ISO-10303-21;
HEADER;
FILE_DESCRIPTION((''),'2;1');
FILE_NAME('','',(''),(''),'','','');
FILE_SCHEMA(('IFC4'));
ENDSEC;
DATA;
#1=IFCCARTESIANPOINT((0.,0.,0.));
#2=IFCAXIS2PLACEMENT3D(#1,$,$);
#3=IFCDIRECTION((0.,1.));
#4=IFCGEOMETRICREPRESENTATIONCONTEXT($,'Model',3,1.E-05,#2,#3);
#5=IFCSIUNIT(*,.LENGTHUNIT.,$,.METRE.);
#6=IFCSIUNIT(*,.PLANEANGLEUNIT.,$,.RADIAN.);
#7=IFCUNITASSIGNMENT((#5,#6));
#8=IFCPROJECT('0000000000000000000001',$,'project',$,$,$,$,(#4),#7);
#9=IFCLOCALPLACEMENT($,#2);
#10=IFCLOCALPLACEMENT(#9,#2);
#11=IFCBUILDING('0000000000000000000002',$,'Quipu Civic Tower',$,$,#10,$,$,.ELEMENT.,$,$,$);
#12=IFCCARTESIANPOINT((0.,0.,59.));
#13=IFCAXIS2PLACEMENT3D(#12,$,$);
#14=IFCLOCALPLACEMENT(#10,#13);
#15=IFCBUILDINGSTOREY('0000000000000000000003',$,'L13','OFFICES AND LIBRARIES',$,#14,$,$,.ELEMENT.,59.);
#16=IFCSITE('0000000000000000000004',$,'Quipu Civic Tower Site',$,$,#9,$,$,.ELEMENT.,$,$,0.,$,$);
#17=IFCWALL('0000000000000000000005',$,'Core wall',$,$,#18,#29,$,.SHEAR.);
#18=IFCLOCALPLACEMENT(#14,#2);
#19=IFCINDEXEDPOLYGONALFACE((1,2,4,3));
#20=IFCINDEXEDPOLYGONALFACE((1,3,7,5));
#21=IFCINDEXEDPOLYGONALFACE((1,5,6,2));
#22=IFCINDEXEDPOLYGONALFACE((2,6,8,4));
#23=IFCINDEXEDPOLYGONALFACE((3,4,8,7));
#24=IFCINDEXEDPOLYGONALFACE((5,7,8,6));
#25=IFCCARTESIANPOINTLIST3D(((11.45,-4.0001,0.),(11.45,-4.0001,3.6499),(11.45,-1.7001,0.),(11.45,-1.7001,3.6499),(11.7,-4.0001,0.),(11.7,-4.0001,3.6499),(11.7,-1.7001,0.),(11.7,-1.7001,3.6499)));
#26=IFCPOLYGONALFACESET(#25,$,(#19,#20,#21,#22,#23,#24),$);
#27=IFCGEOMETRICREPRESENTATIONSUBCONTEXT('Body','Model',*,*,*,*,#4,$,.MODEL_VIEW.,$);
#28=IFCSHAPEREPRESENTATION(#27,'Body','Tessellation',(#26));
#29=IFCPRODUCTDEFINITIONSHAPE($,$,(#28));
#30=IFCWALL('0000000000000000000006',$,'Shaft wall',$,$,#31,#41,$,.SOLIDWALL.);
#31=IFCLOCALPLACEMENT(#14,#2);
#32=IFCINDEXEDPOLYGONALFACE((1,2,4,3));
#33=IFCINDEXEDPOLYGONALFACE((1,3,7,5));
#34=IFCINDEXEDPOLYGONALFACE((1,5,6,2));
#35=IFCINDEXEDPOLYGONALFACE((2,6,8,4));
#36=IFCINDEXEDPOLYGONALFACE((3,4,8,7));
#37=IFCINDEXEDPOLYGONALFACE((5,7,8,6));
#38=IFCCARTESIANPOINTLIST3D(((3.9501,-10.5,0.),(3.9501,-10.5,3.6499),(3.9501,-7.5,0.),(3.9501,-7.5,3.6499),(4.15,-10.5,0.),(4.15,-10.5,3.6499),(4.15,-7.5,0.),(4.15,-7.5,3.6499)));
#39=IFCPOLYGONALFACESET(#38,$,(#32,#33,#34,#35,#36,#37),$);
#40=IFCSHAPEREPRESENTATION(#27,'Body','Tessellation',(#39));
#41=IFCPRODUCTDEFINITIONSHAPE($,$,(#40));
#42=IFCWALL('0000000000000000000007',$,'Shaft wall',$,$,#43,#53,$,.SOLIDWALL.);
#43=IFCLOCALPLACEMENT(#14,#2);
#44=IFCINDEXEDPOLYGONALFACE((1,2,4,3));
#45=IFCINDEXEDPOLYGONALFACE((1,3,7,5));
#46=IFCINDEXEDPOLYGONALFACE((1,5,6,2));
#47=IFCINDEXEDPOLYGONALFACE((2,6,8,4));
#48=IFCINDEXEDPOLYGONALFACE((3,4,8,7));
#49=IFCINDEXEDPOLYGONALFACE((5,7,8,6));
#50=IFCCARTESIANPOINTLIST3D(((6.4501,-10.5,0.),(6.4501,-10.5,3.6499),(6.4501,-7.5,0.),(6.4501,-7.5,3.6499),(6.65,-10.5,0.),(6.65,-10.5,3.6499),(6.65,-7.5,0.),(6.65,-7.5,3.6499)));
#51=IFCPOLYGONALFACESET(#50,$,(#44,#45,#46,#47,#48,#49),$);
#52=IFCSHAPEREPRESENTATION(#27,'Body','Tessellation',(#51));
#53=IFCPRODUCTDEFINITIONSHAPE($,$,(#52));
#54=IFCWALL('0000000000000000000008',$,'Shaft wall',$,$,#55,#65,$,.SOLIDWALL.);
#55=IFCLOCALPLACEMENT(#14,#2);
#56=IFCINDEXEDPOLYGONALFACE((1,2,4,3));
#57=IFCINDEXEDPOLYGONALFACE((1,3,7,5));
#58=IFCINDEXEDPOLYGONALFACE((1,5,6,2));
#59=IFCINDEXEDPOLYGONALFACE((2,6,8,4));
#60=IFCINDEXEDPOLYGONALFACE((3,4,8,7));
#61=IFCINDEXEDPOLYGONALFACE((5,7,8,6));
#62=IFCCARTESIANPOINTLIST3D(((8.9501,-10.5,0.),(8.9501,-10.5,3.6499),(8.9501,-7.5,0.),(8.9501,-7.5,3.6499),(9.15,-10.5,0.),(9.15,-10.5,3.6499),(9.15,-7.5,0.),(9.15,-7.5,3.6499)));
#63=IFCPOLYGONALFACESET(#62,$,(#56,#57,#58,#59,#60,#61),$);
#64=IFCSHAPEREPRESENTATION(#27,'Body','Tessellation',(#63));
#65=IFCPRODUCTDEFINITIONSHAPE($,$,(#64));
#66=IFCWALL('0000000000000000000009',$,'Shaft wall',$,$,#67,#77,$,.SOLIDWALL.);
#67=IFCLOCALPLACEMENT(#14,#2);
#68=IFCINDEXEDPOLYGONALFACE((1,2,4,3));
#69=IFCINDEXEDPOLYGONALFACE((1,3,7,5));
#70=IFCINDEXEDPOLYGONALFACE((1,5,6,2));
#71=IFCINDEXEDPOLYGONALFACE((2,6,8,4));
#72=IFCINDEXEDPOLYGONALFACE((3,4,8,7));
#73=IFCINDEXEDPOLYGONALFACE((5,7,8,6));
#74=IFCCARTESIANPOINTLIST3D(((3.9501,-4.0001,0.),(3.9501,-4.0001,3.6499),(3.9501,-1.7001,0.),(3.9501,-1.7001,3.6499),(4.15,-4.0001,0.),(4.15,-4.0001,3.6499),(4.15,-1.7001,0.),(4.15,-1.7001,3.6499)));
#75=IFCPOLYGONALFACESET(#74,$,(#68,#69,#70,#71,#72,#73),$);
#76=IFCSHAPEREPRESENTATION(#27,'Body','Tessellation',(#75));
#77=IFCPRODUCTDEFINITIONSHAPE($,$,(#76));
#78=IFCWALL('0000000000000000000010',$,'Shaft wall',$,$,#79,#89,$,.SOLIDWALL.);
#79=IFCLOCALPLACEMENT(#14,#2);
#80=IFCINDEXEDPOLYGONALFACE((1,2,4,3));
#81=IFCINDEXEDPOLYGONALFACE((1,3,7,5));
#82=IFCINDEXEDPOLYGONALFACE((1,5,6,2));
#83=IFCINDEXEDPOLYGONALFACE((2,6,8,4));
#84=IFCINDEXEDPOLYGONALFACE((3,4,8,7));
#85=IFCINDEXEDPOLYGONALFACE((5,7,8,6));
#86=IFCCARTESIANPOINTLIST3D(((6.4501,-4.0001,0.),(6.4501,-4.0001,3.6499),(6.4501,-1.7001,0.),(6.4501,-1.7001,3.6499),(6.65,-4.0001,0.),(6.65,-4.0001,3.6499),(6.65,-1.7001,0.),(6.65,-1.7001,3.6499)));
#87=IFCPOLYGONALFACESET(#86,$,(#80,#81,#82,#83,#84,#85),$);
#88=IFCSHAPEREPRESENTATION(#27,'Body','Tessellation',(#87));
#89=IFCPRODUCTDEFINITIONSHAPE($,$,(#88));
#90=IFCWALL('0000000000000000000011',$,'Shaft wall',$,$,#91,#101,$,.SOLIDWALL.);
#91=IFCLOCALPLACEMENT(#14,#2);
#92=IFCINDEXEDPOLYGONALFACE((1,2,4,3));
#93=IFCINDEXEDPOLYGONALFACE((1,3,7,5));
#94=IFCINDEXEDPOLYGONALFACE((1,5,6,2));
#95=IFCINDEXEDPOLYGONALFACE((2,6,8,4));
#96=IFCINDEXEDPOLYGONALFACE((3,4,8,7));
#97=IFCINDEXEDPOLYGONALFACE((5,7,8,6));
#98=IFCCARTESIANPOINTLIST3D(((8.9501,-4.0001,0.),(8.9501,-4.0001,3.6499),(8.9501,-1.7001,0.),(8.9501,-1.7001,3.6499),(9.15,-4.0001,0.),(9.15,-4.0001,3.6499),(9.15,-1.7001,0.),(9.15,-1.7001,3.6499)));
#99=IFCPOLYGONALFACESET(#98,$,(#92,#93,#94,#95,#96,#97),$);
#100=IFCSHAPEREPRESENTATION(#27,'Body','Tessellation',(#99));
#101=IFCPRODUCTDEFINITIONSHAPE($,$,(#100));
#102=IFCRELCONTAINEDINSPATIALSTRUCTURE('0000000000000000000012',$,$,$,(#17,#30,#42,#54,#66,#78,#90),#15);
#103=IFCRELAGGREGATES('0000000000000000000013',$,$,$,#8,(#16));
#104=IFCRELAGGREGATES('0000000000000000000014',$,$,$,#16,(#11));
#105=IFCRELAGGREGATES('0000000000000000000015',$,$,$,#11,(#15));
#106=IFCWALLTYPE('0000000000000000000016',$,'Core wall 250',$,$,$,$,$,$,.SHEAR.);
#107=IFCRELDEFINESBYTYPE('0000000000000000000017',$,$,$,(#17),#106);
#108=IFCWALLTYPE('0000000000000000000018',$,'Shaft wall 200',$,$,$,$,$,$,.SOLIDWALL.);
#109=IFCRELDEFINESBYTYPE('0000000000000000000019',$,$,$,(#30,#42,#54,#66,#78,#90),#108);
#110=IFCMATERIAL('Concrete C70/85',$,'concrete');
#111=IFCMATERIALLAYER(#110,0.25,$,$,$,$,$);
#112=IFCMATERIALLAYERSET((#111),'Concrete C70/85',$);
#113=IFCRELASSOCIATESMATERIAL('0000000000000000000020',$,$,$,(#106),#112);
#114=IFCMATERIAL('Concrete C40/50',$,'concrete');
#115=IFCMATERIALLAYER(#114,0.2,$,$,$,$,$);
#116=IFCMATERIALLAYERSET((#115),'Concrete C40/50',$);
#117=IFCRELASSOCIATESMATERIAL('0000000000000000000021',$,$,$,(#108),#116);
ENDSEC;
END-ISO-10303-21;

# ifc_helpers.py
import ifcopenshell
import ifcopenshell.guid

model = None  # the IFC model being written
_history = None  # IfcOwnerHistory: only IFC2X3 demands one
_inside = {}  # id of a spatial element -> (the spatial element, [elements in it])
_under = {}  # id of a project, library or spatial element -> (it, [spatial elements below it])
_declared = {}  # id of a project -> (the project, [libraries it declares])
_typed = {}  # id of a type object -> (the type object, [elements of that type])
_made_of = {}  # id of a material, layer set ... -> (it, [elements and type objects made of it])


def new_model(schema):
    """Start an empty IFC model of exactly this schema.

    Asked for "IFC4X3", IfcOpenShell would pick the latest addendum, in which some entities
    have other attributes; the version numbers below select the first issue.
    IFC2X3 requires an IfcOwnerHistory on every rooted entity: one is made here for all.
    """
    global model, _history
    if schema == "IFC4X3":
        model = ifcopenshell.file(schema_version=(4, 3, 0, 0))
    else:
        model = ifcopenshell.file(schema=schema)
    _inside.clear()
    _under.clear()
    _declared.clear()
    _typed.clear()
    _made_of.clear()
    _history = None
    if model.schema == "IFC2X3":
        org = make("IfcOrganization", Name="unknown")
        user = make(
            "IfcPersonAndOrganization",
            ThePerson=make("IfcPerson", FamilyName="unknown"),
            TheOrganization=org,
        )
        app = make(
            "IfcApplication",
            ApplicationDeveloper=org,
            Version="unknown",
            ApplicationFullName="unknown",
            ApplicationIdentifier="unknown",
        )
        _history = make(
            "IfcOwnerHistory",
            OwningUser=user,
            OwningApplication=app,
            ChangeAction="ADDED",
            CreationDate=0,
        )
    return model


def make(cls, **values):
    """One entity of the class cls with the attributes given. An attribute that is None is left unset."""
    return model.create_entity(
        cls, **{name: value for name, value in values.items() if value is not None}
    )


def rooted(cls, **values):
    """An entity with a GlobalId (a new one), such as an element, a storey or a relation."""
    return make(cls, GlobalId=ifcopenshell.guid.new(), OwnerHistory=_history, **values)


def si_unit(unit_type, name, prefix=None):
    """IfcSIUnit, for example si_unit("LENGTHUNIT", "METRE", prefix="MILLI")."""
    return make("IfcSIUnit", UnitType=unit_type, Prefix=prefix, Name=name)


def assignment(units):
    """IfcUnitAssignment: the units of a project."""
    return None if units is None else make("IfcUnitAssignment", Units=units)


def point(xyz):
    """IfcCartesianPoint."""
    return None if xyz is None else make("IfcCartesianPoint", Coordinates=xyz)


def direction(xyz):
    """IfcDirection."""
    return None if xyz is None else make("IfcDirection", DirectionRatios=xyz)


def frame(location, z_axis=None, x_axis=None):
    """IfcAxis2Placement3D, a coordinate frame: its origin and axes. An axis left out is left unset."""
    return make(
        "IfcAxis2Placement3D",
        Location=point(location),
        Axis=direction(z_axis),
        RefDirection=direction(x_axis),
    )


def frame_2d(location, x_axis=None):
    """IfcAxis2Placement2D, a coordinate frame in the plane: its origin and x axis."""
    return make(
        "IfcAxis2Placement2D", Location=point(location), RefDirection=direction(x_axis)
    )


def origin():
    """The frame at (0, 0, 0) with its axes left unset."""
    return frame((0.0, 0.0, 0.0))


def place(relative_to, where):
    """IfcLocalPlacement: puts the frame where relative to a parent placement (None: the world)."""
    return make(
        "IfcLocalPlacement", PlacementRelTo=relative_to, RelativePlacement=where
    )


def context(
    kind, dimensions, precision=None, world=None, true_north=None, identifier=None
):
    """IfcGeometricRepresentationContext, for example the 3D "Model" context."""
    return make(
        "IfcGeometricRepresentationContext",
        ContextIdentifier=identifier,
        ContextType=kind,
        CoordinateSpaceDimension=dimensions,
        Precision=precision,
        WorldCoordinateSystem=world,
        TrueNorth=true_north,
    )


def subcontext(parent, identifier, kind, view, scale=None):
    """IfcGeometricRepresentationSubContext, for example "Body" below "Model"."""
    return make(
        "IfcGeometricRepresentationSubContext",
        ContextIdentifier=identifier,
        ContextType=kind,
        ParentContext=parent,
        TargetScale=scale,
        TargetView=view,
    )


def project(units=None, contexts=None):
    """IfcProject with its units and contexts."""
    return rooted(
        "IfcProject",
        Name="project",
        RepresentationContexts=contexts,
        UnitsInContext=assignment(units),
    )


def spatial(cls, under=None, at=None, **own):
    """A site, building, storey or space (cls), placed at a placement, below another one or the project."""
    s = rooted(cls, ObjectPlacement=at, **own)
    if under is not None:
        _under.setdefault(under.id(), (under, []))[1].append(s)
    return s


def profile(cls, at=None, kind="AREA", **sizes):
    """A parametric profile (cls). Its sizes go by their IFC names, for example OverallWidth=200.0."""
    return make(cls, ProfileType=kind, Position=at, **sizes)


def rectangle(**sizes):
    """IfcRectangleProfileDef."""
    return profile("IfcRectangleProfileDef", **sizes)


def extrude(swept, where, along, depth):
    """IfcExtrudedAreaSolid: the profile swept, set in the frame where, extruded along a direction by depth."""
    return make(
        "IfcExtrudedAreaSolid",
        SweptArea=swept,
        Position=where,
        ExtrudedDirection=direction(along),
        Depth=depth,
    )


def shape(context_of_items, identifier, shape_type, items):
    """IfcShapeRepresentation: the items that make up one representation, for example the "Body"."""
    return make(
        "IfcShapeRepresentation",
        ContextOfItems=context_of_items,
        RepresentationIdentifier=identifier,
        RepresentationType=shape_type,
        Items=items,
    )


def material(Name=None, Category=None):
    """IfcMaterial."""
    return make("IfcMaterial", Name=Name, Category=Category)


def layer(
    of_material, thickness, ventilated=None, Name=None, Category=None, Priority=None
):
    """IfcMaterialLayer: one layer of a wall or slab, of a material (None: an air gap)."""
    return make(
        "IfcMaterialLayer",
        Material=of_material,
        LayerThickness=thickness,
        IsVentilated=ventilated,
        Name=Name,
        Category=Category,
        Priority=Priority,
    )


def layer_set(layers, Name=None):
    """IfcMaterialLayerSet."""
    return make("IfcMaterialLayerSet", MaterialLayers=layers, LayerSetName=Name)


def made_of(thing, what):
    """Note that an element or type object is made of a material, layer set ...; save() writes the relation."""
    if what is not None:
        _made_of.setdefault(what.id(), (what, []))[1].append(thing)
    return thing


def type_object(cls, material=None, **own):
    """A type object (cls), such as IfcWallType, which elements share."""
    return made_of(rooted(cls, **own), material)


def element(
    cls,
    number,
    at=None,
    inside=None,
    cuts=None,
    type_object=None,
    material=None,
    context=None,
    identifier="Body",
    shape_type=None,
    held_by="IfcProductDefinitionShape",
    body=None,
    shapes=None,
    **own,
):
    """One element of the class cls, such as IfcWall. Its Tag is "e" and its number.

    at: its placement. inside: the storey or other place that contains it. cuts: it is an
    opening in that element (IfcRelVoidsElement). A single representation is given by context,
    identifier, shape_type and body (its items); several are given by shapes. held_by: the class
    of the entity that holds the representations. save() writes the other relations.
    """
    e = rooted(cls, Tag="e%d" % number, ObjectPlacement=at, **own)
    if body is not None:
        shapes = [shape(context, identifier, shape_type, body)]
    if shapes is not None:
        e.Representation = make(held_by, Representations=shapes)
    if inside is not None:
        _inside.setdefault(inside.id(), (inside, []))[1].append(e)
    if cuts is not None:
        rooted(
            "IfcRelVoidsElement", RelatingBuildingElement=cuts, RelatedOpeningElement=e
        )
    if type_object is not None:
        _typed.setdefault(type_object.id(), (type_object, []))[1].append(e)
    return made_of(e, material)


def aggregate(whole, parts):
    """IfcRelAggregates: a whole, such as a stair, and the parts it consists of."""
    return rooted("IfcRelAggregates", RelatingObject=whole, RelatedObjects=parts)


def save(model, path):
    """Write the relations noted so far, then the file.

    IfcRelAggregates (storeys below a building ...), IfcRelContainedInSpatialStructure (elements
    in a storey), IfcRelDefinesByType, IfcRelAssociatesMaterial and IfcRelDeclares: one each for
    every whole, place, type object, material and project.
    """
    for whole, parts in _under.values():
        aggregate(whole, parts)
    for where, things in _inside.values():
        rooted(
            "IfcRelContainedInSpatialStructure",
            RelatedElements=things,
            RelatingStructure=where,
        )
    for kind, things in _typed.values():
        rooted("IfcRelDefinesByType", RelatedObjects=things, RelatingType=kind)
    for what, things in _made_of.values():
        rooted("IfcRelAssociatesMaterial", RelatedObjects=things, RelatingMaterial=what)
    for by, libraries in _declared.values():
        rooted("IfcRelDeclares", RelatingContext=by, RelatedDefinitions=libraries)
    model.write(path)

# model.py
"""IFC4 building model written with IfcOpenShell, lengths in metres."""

from ifc_helpers import new_model, si_unit, direction, frame, frame_2d, origin, place, context, subcontext, project, spatial, rectangle, extrude, material, layer, layer_set, type_object, element, save


model = new_model("IFC4")

# Units and contexts
model_context = context("Model", 3, precision=1e-05, world=origin(), true_north=direction((0.0, 1.0)))
body_context = subcontext(model_context, "Body", "Model", "MODEL_VIEW")
ifc_project = project(units=[si_unit("LENGTHUNIT", "METRE"), si_unit("PLANEANGLEUNIT", "RADIAN")], contexts=[model_context])

# Site, building, storey
site_placement = place(None, origin())
site = spatial("IfcSite", under=ifc_project, at=site_placement, Name="Quipu Civic Tower Site", CompositionType="ELEMENT", RefElevation=0.0)
building_placement = place(site_placement, origin())
building = spatial("IfcBuilding", under=site, at=building_placement, Name="Quipu Civic Tower", CompositionType="ELEMENT")
storey_placement = place(building_placement, frame((0.0, 0.0, 59.0)))
storey = spatial("IfcBuildingStorey", under=building, at=storey_placement, Name="L13", Description="OFFICES AND LIBRARIES", CompositionType="ELEMENT", Elevation=59.0)

# Shared definitions
ifc_material_1 = material(Name="Concrete C70/85", Category="concrete")
ifc_layer_1 = layer(ifc_material_1, 0.25)
ifc_layer_set_1 = layer_set([ifc_layer_1], Name="Concrete C70/85")
wall_type_1 = type_object("IfcWallType", Name="Core wall 250", PredefinedType="SHEAR", material=ifc_layer_set_1)

# Walls
wall_1_placement = place(storey_placement, frame((11.575, -4.0, 0.0), z_axis=(0.0, 0.0, 1.0), x_axis=(0.0, 1.0, 0.0)))
element("IfcWall", 1, at=wall_1_placement, inside=storey, type_object=wall_type_1, Name="Core wall", PredefinedType="SHEAR", context=body_context, shape_type="SweptSolid", body=[
    extrude(rectangle(XDim=2.3, YDim=0.25, at=frame_2d((1.1499, 0.0))), origin(), (0.0, 0.0, 1.0), 3.6499),
])
ifc_material_2 = material(Name="Concrete C40/50", Category="concrete")
ifc_layer_2 = layer(ifc_material_2, 0.2)
ifc_layer_set_2 = layer_set([ifc_layer_2], Name="Concrete C40/50")
wall_type_2 = type_object("IfcWallType", Name="Shaft wall 200", PredefinedType="SOLIDWALL", material=ifc_layer_set_2)
for number, where, z_axis, x_axis, name in (
    (2, (4.05, -10.5, 0.0), (0.0, 0.0, 1.0), (0.0, 1.0, 0.0), "Shaft wall"),
    (3, (6.55, -10.5, 0.0), (0.0, 0.0, 1.0), (0.0, 1.0, 0.0), "Shaft wall"),
    (4, (9.05, -10.5, 0.0), (0.0, 0.0, 1.0), (0.0, 1.0, 0.0), "Shaft wall"),
):
    element("IfcWall", number, at=place(storey_placement, frame(where, z_axis=z_axis, x_axis=x_axis)), inside=storey, type_object=wall_type_2, Name=name, PredefinedType="SOLIDWALL", context=body_context, shape_type="SweptSolid", body=[
        extrude(rectangle(XDim=3.0, YDim=0.2, at=frame_2d((1.5, 0.0))), origin(), (0.0, 0.0, 1.0), 3.6499),
    ])
for number, where, z_axis, x_axis, name in (
    (5, (4.05, -4.0, 0.0), (0.0, 0.0, 1.0), (0.0, 1.0, 0.0), "Shaft wall"),
    (6, (6.55, -4.0, 0.0), (0.0, 0.0, 1.0), (0.0, 1.0, 0.0), "Shaft wall"),
    (7, (9.05, -4.0, 0.0), (0.0, 0.0, 1.0), (0.0, 1.0, 0.0), "Shaft wall"),
):
    element("IfcWall", number, at=place(storey_placement, frame(where, z_axis=z_axis, x_axis=x_axis)), inside=storey, type_object=wall_type_2, Name=name, PredefinedType="SOLIDWALL", context=body_context, shape_type="SweptSolid", body=[
        extrude(rectangle(XDim=2.3, YDim=0.2, at=frame_2d((1.1499, 0.0))), origin(), (0.0, 0.0, 1.0), 3.6499),
    ])

save(model, "model.ifc")
